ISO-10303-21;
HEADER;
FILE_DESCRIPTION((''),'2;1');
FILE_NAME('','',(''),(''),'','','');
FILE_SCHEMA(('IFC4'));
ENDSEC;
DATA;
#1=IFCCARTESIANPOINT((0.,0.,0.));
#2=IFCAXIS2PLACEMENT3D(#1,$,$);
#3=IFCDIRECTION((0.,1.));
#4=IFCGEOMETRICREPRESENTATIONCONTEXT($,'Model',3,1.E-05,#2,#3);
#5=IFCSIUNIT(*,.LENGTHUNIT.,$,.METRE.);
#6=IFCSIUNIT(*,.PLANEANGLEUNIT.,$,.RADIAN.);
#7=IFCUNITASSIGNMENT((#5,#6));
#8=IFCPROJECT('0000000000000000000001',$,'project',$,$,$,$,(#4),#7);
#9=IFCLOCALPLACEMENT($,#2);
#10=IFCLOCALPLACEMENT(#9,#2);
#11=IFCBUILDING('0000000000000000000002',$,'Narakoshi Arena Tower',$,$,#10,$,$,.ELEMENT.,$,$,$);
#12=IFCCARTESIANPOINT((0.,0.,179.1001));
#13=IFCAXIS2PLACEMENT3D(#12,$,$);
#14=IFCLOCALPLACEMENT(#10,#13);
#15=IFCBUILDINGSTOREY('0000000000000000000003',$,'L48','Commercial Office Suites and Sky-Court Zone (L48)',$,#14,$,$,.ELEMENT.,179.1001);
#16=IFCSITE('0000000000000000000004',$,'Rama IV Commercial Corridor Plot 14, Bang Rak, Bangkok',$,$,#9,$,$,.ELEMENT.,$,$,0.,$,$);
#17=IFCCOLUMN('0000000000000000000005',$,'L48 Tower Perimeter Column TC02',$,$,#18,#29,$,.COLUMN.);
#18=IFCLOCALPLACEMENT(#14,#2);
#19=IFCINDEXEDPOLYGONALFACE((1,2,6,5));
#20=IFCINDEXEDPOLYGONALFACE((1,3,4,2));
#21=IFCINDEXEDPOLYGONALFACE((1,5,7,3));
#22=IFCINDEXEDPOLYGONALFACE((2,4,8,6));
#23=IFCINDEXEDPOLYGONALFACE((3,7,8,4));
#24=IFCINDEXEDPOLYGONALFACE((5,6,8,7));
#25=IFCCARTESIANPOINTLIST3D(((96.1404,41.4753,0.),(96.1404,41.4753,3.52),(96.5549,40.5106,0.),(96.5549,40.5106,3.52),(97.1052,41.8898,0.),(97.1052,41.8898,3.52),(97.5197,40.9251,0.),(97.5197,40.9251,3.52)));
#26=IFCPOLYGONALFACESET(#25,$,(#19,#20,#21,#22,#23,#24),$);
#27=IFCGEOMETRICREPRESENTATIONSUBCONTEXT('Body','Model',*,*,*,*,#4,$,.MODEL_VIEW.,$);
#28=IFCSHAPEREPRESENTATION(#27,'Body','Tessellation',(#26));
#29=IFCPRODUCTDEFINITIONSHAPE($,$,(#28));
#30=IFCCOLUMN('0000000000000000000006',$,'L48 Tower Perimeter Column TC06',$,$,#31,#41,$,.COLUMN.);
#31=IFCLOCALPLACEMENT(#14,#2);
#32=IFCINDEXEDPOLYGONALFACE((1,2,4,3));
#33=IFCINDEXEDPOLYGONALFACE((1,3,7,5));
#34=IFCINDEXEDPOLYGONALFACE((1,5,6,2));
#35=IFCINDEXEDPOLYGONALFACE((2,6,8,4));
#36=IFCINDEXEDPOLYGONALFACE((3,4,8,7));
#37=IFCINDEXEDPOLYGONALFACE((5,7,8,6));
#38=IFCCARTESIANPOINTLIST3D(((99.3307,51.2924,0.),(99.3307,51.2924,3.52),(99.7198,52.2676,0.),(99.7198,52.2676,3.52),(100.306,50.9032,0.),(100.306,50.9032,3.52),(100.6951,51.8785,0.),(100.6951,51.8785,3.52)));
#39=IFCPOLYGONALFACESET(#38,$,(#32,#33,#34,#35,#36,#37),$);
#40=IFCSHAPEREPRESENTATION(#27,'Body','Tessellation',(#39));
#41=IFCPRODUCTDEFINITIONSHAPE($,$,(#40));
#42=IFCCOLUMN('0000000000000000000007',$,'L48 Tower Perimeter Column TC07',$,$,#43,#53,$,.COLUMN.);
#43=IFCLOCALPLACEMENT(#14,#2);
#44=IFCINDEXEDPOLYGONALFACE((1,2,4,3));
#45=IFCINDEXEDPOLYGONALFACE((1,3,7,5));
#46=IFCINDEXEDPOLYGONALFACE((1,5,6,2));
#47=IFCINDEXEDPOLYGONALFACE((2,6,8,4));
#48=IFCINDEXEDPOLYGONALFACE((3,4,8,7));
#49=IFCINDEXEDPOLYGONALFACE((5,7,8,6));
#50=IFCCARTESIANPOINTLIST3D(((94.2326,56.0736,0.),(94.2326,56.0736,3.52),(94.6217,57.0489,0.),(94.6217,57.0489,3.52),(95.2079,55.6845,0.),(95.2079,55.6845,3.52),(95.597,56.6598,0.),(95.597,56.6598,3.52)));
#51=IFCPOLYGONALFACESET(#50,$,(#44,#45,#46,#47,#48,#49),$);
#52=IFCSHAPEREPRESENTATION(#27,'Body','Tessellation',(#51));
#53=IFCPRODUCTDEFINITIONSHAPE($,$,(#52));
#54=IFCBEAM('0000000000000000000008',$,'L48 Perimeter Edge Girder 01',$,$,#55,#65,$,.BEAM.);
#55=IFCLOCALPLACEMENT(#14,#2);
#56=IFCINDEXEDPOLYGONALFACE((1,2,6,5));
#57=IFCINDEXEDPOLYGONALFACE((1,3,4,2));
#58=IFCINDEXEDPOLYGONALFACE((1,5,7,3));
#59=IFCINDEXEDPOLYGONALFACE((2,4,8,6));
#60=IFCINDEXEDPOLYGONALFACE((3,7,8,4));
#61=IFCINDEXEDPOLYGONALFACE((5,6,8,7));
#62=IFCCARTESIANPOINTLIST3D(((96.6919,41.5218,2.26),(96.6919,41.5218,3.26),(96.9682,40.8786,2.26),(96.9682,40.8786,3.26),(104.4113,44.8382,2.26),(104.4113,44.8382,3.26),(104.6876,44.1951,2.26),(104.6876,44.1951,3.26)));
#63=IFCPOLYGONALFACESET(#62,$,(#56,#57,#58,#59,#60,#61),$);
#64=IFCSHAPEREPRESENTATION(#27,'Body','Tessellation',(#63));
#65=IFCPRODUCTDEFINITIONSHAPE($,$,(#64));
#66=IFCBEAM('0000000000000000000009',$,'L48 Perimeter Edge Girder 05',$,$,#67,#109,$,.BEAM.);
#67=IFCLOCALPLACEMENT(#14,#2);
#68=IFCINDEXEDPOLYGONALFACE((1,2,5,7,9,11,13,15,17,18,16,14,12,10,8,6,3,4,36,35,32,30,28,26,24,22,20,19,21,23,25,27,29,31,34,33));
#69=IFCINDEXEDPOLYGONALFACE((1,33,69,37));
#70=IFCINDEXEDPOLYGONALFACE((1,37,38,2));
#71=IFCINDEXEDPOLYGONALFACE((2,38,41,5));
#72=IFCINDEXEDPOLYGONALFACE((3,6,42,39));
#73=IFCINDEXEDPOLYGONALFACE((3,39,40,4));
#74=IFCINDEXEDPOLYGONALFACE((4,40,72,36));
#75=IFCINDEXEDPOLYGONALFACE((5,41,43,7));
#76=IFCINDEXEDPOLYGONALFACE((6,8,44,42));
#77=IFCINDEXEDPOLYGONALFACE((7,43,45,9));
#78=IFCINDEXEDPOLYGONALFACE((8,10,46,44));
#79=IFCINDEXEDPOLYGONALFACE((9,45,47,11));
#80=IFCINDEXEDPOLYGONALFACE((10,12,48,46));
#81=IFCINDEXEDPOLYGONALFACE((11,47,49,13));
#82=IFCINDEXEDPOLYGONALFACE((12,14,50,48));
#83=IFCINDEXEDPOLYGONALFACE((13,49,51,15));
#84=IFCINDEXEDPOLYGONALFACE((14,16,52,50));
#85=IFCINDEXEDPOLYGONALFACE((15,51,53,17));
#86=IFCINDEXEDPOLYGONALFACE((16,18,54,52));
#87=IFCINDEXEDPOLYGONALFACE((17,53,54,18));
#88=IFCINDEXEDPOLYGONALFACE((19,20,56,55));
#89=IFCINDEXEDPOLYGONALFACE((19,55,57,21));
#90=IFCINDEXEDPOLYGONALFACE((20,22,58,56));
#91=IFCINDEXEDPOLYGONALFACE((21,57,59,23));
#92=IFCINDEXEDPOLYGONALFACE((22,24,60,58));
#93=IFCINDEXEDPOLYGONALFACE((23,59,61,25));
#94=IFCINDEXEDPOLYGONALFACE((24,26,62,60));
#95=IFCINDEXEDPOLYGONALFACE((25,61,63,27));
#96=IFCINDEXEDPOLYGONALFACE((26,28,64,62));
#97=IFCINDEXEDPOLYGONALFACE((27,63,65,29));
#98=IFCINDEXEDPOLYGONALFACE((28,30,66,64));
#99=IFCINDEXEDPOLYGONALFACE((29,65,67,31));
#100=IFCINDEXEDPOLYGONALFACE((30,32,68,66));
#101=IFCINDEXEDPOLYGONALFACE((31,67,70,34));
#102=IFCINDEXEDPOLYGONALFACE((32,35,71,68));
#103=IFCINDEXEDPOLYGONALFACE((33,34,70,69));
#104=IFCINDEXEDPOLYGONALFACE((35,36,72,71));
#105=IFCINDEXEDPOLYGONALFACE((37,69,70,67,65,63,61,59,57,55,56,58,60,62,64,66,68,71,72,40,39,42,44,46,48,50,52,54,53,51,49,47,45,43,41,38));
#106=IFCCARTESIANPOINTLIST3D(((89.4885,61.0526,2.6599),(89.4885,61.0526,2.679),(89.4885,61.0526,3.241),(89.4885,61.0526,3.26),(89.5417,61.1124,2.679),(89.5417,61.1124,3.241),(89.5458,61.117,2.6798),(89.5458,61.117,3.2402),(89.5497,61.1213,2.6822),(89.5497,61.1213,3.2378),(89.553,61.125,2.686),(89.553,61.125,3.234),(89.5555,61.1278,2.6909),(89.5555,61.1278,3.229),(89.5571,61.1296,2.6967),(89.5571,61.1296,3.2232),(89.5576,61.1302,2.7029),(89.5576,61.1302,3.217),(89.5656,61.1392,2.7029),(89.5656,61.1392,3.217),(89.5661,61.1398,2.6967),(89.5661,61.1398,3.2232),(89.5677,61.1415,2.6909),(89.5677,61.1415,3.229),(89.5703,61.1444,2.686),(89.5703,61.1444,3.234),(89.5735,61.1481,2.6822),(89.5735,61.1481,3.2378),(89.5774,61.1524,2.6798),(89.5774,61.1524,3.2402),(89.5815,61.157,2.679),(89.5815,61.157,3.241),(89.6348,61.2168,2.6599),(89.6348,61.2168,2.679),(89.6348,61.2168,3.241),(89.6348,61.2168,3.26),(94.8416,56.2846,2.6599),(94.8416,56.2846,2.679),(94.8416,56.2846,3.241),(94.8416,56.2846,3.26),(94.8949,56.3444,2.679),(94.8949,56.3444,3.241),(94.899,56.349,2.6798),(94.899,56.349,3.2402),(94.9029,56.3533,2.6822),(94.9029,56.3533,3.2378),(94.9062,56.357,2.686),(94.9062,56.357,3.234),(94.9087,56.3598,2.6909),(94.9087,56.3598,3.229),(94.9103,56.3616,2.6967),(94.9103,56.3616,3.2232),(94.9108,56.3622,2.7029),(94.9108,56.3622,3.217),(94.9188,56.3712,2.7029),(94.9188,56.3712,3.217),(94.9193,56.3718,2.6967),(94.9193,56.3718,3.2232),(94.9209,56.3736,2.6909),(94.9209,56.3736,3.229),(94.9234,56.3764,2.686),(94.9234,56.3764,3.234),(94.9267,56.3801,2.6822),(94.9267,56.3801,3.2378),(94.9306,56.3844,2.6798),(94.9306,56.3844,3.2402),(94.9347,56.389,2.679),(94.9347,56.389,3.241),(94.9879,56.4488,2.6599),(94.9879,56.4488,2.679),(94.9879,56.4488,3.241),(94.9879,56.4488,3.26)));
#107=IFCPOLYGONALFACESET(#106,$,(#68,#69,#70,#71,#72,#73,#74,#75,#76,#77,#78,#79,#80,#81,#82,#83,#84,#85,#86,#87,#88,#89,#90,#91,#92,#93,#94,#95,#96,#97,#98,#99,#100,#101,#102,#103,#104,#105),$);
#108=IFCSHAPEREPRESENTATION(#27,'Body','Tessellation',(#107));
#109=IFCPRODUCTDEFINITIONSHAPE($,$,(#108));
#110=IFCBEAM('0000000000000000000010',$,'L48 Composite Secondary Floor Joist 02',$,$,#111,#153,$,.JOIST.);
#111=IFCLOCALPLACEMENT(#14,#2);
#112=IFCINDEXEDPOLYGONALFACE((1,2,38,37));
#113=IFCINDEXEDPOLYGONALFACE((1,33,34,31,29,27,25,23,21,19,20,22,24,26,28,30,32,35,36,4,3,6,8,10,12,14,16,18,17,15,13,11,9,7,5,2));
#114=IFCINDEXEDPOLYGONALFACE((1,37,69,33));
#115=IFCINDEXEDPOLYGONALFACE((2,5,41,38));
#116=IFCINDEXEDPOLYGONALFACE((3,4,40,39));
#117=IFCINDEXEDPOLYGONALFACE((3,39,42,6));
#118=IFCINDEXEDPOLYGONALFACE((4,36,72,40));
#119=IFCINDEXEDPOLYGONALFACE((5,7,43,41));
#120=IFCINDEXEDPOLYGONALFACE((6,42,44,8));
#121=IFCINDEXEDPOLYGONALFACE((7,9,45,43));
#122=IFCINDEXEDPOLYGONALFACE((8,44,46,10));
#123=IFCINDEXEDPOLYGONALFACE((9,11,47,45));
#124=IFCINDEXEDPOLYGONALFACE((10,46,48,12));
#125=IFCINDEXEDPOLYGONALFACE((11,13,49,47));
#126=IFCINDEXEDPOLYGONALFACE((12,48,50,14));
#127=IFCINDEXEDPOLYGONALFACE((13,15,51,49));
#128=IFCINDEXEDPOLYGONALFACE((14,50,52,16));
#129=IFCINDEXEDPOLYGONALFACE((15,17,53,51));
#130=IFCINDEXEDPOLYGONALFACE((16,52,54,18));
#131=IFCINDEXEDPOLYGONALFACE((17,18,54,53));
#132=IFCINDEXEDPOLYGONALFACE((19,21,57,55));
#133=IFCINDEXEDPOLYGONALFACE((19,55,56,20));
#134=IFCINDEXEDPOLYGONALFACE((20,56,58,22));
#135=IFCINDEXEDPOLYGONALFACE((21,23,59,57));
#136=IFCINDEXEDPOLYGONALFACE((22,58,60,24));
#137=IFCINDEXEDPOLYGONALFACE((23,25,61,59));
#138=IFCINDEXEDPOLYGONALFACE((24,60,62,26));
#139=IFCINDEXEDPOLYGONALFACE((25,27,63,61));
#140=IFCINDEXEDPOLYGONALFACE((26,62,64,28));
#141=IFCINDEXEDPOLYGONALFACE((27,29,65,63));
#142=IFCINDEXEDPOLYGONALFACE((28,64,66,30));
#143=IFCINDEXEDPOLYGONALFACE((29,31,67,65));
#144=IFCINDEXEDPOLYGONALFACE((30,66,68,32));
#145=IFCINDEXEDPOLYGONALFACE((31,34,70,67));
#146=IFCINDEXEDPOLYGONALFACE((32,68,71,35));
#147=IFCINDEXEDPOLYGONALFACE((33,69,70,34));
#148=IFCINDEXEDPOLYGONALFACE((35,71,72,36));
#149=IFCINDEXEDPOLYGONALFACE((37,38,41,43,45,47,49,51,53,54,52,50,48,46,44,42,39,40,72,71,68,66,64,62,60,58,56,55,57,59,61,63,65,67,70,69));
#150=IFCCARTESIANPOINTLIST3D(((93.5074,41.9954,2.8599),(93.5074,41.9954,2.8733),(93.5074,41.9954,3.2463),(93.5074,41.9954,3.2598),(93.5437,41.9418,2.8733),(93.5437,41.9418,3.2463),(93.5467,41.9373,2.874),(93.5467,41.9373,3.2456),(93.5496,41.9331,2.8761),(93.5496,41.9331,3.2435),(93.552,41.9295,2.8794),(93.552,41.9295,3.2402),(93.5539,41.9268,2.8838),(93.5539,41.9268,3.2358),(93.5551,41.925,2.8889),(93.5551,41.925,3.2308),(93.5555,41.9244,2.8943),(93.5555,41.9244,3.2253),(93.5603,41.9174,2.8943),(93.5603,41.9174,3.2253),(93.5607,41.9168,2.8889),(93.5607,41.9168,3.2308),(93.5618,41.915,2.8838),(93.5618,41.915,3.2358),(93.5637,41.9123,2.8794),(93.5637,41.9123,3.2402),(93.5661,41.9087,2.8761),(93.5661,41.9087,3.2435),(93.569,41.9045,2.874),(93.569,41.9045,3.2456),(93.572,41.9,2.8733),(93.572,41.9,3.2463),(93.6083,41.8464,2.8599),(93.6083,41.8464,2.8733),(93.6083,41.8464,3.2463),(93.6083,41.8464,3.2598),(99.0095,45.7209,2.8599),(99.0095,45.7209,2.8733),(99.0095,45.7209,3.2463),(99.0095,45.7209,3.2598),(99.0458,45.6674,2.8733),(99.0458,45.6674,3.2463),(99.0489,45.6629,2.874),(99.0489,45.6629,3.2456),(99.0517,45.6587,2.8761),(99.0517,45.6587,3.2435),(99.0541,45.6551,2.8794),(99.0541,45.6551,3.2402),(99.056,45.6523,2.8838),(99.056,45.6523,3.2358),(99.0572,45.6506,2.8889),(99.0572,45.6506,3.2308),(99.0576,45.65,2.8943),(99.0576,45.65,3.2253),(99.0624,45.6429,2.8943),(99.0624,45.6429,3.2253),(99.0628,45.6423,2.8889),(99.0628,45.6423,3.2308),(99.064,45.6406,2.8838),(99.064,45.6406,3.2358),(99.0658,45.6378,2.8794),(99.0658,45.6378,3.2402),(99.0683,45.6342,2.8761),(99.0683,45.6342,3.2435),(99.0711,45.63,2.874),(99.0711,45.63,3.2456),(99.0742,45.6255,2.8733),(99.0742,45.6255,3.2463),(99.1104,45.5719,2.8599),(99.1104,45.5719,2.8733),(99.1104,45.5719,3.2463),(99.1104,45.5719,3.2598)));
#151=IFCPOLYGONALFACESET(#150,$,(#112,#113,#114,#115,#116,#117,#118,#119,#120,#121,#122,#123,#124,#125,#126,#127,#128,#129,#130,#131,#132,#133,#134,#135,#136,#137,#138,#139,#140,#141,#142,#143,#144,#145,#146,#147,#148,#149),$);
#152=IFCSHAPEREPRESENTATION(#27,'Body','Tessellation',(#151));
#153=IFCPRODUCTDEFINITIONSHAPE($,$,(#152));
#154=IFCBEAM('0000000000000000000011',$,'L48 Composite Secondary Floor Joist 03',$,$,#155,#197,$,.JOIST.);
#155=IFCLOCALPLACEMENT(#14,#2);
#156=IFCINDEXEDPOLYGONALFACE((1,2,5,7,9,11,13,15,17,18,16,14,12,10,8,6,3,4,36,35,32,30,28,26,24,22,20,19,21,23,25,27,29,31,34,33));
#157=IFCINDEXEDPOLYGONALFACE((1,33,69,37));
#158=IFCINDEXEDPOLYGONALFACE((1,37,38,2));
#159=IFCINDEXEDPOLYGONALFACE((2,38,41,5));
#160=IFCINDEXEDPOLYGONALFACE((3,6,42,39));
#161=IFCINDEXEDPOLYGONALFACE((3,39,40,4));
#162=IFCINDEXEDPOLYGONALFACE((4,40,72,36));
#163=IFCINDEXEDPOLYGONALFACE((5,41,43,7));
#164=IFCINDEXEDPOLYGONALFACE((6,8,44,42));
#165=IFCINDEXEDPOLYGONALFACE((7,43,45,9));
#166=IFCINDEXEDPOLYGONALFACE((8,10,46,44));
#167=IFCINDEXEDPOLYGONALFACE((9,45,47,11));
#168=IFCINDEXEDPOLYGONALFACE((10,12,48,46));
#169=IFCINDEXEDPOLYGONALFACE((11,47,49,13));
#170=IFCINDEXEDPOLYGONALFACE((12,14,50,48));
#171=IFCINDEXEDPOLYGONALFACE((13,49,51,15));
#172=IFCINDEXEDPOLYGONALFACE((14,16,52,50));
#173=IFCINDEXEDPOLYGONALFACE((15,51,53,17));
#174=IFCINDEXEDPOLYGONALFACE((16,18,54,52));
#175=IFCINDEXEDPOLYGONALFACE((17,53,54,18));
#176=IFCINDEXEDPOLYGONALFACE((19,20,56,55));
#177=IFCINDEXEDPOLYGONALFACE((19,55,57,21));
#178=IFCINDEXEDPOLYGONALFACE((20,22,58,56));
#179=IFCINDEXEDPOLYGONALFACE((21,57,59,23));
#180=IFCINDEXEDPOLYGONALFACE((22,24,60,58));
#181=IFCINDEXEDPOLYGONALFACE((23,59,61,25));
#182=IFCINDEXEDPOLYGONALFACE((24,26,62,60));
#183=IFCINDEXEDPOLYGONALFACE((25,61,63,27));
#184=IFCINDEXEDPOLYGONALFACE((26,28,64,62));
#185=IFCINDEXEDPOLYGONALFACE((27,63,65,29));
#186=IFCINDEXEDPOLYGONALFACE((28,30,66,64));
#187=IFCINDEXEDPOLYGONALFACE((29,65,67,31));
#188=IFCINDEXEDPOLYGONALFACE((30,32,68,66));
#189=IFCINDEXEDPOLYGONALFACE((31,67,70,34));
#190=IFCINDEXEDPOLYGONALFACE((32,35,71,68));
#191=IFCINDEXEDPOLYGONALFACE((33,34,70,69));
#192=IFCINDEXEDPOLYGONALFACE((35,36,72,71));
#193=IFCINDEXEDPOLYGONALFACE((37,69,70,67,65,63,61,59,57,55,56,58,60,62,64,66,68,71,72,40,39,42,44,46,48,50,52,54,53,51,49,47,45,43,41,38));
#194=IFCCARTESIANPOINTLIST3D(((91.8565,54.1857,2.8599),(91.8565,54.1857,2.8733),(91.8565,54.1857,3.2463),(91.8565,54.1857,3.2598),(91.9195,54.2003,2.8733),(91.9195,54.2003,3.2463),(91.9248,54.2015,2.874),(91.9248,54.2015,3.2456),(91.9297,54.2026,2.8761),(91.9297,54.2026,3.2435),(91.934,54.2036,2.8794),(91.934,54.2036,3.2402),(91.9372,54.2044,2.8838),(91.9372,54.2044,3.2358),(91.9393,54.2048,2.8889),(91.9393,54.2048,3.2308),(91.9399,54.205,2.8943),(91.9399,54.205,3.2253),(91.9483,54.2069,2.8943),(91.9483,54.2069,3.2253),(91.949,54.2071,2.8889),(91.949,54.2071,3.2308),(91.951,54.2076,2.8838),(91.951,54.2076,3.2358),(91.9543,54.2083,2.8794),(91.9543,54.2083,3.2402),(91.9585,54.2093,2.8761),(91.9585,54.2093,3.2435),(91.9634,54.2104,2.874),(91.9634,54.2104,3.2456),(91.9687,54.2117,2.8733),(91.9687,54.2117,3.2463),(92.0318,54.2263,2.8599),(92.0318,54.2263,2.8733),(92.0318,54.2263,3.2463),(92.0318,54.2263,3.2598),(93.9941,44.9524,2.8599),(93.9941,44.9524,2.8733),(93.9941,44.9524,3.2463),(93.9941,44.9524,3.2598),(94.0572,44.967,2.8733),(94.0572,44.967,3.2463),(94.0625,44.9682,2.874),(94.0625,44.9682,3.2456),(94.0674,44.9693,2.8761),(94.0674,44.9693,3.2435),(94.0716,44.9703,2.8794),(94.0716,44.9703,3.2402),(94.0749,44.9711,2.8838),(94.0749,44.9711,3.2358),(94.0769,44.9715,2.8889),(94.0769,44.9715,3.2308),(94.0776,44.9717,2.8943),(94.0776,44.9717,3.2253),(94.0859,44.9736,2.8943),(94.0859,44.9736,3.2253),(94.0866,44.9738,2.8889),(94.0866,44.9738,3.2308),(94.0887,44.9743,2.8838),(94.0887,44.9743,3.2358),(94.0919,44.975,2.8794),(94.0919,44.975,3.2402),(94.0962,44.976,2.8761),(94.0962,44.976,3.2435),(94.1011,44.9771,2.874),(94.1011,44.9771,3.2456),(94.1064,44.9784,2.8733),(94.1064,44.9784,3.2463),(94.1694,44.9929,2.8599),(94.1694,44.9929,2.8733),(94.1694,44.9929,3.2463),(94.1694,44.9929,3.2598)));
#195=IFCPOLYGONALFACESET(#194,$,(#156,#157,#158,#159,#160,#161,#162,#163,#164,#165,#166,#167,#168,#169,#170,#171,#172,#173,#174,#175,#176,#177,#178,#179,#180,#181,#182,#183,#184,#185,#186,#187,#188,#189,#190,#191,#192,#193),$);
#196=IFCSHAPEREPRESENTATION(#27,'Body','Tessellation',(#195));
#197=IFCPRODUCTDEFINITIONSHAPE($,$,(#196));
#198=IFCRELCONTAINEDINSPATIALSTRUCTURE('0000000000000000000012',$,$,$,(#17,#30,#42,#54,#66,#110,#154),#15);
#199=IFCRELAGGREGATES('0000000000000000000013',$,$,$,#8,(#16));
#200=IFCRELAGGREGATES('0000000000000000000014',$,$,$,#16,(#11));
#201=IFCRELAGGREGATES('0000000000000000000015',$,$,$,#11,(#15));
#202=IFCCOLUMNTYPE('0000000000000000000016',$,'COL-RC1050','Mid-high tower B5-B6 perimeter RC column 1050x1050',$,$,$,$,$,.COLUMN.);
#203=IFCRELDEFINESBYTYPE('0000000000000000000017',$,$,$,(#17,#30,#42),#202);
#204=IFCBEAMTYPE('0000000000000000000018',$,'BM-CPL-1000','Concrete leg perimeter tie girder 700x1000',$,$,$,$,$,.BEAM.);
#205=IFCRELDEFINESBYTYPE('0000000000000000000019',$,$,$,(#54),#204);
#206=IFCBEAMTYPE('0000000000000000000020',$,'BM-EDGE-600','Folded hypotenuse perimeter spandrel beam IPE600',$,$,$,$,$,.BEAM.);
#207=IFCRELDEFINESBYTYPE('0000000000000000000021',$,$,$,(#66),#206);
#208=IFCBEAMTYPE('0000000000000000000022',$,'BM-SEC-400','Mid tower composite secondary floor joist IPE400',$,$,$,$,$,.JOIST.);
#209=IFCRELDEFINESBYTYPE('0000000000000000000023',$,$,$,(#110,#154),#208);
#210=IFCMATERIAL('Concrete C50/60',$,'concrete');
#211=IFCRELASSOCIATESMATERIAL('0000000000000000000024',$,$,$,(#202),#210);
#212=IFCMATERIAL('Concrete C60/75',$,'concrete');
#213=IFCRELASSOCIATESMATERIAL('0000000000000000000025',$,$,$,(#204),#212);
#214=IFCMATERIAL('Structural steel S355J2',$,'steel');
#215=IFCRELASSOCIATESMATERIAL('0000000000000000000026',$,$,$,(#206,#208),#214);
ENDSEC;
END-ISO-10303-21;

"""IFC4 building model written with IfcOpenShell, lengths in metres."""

from ifc_helpers import new_model, si_unit, direction, frame, origin, origin_2d, place, context, subcontext, project, spatial, rectangle, i_section, extrude, material, material_profile, profile_set, type_object, element, save


model = new_model("IFC4")

# Units and contexts
model_context = context("Model", 3, precision=1e-05, world=origin(), true_north=direction((0.0, 1.0)))
body_context = subcontext(model_context, "Body", "Model", "MODEL_VIEW")
ifc_project = project(units=[si_unit("LENGTHUNIT", "METRE"), si_unit("PLANEANGLEUNIT", "RADIAN")], contexts=[model_context])

# Site, building, storey
site_placement = place(None, origin())
site = spatial("IfcSite", under=ifc_project, at=site_placement, Name="Rama IV Commercial Corridor Plot 14, Bang Rak, Bangkok", CompositionType="ELEMENT", RefElevation=0.0)
building_placement = place(site_placement, origin())
building = spatial("IfcBuilding", under=site, at=building_placement, Name="Narakoshi Arena Tower", CompositionType="ELEMENT")
storey_placement = place(building_placement, frame((0.0, 0.0, 179.1001)))
storey = spatial("IfcBuildingStorey", under=building, at=storey_placement, Name="L48", Description="Commercial Office Suites and Sky-Court Zone (L48)", CompositionType="ELEMENT", Elevation=179.1001)

# Columns
ifc_material_1 = material(Name="Concrete C50/60", Category="concrete")
ifc_material_profile_1 = material_profile(ifc_material_1, rectangle(XDim=1.05, YDim=1.05, at=origin_2d()), Name="RC1050x1050")
ifc_profile_set_1 = profile_set([ifc_material_profile_1], Name="Concrete C50/60")
column_type = type_object("IfcColumnType", Name="COL-RC1050", Description="Mid-high tower B5-B6 perimeter RC column 1050x1050", PredefinedType="COLUMN", material=ifc_profile_set_1)
for number, where, z_axis, x_axis, name in (
    (1, (96.8301, 41.2002, 0.0), (0.0, 0.0, 1.0), (0.918791, 0.394744, 0.0), "L48 Tower Perimeter Column TC02"),
    (2, (100.0129, 51.5854, 0.0), (0.0, 0.0, 1.0), (0.370557, 0.92881, 0.0), "L48 Tower Perimeter Column TC06"),
    (3, (94.9148, 56.3667, 0.0), (0.0, 0.0, 1.0), (0.370557, 0.92881, 0.0), "L48 Tower Perimeter Column TC07"),
):
    element("IfcColumn", number, at=place(storey_placement, frame(where, z_axis=z_axis, x_axis=x_axis)), inside=storey, type_object=column_type, Name=name, PredefinedType="COLUMN", context=body_context, shape_type="SweptSolid", body=[
        extrude(rectangle(XDim=1.05, YDim=1.05, at=origin_2d()), origin(), (0.0, 0.0, 1.0), 3.52),
    ])

# Beams
ifc_material_2 = material(Name="Concrete C60/75", Category="concrete")
ifc_material_profile_2 = material_profile(ifc_material_2, rectangle(XDim=0.7, YDim=1.0, at=origin_2d()), Name="RCB700x1000")
ifc_profile_set_2 = profile_set([ifc_material_profile_2], Name="Concrete C60/75")
beam_type_1 = type_object("IfcBeamType", Name="BM-CPL-1000", Description="Concrete leg perimeter tie girder 700x1000", PredefinedType="BEAM", material=ifc_profile_set_2)
beam_1_placement = place(storey_placement, frame((96.8301, 41.2002, 2.76), z_axis=(0.918793, 0.39474, 0.0), x_axis=(-0.39474, 0.918793, 0.0)))
element("IfcBeam", 4, at=beam_1_placement, inside=storey, type_object=beam_type_1, Name="L48 Perimeter Edge Girder 01", PredefinedType="BEAM", context=body_context, shape_type="SweptSolid", body=[
    extrude(rectangle(XDim=0.7, YDim=1.0, at=origin_2d()), origin(), (0.0, 0.0, 1.0), 8.4016),
])
ifc_material_3 = material(Name="Structural steel S355J2", Category="steel")
ifc_material_profile_3 = material_profile(ifc_material_3, i_section(OverallWidth=0.22, OverallDepth=0.6001, WebThickness=0.012, FlangeThickness=0.019, FilletRadius=0.0239, at=origin_2d()), Name="IPE600")
ifc_profile_set_3 = profile_set([ifc_material_profile_3], Name="Structural steel S355J2")
beam_type_2 = type_object("IfcBeamType", Name="BM-EDGE-600", Description="Folded hypotenuse perimeter spandrel beam IPE600", PredefinedType="BEAM", material=ifc_profile_set_3)
beam_2_placement = place(storey_placement, frame((94.9148, 56.3667, 2.96), z_axis=(-0.746744, 0.665112, 0.0), x_axis=(-0.665112, -0.746744, 0.0)))
element("IfcBeam", 5, at=beam_2_placement, inside=storey, type_object=beam_type_2, Name="L48 Perimeter Edge Girder 05", PredefinedType="BEAM", context=body_context, shape_type="SweptSolid", body=[
    extrude(i_section(OverallWidth=0.22, OverallDepth=0.6001, WebThickness=0.012, FlangeThickness=0.019, FilletRadius=0.0239, at=origin_2d()), origin(), (0.0, 0.0, 1.0), 7.1687),
])
ifc_material_profile_4 = material_profile(ifc_material_3, i_section(OverallWidth=0.1799, OverallDepth=0.3999, WebThickness=0.0085, FlangeThickness=0.0134, FilletRadius=0.021, at=origin_2d()), Name="IPE400")
ifc_profile_set_4 = profile_set([ifc_material_profile_4], Name="Structural steel S355J2")
beam_type_3 = type_object("IfcBeamType", Name="BM-SEC-400", Description="Mid tower composite secondary floor joist IPE400", PredefinedType="JOIST", material=ifc_profile_set_4)
beam_3_placement = place(storey_placement, frame((93.5579, 41.9209, 3.0598), z_axis=(0.828038, 0.560672, 0.0), x_axis=(-0.560672, 0.828038, 0.0)))
element("IfcBeam", 6, at=beam_3_placement, inside=storey, type_object=beam_type_3, Name="L48 Composite Secondary Floor Joist 02", PredefinedType="JOIST", context=body_context, shape_type="SweptSolid", body=[
    extrude(i_section(OverallWidth=0.1799, OverallDepth=0.3999, WebThickness=0.0085, FlangeThickness=0.0134, FilletRadius=0.021, at=origin_2d()), origin(), (0.0, 0.0, 1.0), 6.6448),
])
beam_4_placement = place(storey_placement, frame((94.0818, 44.9727, 3.0598), z_axis=(-0.225552, 0.974231, 0.0), x_axis=(-0.974231, -0.225552, 0.0)))
element("IfcBeam", 7, at=beam_4_placement, inside=storey, type_object=beam_type_3, Name="L48 Composite Secondary Floor Joist 03", PredefinedType="JOIST", context=body_context, shape_type="SweptSolid", body=[
    extrude(i_section(OverallWidth=0.1799, OverallDepth=0.3999, WebThickness=0.0085, FlangeThickness=0.0134, FilletRadius=0.021, at=origin_2d()), origin(), (0.0, 0.0, 1.0), 9.4775),
])

save(model, "model.ifc")
